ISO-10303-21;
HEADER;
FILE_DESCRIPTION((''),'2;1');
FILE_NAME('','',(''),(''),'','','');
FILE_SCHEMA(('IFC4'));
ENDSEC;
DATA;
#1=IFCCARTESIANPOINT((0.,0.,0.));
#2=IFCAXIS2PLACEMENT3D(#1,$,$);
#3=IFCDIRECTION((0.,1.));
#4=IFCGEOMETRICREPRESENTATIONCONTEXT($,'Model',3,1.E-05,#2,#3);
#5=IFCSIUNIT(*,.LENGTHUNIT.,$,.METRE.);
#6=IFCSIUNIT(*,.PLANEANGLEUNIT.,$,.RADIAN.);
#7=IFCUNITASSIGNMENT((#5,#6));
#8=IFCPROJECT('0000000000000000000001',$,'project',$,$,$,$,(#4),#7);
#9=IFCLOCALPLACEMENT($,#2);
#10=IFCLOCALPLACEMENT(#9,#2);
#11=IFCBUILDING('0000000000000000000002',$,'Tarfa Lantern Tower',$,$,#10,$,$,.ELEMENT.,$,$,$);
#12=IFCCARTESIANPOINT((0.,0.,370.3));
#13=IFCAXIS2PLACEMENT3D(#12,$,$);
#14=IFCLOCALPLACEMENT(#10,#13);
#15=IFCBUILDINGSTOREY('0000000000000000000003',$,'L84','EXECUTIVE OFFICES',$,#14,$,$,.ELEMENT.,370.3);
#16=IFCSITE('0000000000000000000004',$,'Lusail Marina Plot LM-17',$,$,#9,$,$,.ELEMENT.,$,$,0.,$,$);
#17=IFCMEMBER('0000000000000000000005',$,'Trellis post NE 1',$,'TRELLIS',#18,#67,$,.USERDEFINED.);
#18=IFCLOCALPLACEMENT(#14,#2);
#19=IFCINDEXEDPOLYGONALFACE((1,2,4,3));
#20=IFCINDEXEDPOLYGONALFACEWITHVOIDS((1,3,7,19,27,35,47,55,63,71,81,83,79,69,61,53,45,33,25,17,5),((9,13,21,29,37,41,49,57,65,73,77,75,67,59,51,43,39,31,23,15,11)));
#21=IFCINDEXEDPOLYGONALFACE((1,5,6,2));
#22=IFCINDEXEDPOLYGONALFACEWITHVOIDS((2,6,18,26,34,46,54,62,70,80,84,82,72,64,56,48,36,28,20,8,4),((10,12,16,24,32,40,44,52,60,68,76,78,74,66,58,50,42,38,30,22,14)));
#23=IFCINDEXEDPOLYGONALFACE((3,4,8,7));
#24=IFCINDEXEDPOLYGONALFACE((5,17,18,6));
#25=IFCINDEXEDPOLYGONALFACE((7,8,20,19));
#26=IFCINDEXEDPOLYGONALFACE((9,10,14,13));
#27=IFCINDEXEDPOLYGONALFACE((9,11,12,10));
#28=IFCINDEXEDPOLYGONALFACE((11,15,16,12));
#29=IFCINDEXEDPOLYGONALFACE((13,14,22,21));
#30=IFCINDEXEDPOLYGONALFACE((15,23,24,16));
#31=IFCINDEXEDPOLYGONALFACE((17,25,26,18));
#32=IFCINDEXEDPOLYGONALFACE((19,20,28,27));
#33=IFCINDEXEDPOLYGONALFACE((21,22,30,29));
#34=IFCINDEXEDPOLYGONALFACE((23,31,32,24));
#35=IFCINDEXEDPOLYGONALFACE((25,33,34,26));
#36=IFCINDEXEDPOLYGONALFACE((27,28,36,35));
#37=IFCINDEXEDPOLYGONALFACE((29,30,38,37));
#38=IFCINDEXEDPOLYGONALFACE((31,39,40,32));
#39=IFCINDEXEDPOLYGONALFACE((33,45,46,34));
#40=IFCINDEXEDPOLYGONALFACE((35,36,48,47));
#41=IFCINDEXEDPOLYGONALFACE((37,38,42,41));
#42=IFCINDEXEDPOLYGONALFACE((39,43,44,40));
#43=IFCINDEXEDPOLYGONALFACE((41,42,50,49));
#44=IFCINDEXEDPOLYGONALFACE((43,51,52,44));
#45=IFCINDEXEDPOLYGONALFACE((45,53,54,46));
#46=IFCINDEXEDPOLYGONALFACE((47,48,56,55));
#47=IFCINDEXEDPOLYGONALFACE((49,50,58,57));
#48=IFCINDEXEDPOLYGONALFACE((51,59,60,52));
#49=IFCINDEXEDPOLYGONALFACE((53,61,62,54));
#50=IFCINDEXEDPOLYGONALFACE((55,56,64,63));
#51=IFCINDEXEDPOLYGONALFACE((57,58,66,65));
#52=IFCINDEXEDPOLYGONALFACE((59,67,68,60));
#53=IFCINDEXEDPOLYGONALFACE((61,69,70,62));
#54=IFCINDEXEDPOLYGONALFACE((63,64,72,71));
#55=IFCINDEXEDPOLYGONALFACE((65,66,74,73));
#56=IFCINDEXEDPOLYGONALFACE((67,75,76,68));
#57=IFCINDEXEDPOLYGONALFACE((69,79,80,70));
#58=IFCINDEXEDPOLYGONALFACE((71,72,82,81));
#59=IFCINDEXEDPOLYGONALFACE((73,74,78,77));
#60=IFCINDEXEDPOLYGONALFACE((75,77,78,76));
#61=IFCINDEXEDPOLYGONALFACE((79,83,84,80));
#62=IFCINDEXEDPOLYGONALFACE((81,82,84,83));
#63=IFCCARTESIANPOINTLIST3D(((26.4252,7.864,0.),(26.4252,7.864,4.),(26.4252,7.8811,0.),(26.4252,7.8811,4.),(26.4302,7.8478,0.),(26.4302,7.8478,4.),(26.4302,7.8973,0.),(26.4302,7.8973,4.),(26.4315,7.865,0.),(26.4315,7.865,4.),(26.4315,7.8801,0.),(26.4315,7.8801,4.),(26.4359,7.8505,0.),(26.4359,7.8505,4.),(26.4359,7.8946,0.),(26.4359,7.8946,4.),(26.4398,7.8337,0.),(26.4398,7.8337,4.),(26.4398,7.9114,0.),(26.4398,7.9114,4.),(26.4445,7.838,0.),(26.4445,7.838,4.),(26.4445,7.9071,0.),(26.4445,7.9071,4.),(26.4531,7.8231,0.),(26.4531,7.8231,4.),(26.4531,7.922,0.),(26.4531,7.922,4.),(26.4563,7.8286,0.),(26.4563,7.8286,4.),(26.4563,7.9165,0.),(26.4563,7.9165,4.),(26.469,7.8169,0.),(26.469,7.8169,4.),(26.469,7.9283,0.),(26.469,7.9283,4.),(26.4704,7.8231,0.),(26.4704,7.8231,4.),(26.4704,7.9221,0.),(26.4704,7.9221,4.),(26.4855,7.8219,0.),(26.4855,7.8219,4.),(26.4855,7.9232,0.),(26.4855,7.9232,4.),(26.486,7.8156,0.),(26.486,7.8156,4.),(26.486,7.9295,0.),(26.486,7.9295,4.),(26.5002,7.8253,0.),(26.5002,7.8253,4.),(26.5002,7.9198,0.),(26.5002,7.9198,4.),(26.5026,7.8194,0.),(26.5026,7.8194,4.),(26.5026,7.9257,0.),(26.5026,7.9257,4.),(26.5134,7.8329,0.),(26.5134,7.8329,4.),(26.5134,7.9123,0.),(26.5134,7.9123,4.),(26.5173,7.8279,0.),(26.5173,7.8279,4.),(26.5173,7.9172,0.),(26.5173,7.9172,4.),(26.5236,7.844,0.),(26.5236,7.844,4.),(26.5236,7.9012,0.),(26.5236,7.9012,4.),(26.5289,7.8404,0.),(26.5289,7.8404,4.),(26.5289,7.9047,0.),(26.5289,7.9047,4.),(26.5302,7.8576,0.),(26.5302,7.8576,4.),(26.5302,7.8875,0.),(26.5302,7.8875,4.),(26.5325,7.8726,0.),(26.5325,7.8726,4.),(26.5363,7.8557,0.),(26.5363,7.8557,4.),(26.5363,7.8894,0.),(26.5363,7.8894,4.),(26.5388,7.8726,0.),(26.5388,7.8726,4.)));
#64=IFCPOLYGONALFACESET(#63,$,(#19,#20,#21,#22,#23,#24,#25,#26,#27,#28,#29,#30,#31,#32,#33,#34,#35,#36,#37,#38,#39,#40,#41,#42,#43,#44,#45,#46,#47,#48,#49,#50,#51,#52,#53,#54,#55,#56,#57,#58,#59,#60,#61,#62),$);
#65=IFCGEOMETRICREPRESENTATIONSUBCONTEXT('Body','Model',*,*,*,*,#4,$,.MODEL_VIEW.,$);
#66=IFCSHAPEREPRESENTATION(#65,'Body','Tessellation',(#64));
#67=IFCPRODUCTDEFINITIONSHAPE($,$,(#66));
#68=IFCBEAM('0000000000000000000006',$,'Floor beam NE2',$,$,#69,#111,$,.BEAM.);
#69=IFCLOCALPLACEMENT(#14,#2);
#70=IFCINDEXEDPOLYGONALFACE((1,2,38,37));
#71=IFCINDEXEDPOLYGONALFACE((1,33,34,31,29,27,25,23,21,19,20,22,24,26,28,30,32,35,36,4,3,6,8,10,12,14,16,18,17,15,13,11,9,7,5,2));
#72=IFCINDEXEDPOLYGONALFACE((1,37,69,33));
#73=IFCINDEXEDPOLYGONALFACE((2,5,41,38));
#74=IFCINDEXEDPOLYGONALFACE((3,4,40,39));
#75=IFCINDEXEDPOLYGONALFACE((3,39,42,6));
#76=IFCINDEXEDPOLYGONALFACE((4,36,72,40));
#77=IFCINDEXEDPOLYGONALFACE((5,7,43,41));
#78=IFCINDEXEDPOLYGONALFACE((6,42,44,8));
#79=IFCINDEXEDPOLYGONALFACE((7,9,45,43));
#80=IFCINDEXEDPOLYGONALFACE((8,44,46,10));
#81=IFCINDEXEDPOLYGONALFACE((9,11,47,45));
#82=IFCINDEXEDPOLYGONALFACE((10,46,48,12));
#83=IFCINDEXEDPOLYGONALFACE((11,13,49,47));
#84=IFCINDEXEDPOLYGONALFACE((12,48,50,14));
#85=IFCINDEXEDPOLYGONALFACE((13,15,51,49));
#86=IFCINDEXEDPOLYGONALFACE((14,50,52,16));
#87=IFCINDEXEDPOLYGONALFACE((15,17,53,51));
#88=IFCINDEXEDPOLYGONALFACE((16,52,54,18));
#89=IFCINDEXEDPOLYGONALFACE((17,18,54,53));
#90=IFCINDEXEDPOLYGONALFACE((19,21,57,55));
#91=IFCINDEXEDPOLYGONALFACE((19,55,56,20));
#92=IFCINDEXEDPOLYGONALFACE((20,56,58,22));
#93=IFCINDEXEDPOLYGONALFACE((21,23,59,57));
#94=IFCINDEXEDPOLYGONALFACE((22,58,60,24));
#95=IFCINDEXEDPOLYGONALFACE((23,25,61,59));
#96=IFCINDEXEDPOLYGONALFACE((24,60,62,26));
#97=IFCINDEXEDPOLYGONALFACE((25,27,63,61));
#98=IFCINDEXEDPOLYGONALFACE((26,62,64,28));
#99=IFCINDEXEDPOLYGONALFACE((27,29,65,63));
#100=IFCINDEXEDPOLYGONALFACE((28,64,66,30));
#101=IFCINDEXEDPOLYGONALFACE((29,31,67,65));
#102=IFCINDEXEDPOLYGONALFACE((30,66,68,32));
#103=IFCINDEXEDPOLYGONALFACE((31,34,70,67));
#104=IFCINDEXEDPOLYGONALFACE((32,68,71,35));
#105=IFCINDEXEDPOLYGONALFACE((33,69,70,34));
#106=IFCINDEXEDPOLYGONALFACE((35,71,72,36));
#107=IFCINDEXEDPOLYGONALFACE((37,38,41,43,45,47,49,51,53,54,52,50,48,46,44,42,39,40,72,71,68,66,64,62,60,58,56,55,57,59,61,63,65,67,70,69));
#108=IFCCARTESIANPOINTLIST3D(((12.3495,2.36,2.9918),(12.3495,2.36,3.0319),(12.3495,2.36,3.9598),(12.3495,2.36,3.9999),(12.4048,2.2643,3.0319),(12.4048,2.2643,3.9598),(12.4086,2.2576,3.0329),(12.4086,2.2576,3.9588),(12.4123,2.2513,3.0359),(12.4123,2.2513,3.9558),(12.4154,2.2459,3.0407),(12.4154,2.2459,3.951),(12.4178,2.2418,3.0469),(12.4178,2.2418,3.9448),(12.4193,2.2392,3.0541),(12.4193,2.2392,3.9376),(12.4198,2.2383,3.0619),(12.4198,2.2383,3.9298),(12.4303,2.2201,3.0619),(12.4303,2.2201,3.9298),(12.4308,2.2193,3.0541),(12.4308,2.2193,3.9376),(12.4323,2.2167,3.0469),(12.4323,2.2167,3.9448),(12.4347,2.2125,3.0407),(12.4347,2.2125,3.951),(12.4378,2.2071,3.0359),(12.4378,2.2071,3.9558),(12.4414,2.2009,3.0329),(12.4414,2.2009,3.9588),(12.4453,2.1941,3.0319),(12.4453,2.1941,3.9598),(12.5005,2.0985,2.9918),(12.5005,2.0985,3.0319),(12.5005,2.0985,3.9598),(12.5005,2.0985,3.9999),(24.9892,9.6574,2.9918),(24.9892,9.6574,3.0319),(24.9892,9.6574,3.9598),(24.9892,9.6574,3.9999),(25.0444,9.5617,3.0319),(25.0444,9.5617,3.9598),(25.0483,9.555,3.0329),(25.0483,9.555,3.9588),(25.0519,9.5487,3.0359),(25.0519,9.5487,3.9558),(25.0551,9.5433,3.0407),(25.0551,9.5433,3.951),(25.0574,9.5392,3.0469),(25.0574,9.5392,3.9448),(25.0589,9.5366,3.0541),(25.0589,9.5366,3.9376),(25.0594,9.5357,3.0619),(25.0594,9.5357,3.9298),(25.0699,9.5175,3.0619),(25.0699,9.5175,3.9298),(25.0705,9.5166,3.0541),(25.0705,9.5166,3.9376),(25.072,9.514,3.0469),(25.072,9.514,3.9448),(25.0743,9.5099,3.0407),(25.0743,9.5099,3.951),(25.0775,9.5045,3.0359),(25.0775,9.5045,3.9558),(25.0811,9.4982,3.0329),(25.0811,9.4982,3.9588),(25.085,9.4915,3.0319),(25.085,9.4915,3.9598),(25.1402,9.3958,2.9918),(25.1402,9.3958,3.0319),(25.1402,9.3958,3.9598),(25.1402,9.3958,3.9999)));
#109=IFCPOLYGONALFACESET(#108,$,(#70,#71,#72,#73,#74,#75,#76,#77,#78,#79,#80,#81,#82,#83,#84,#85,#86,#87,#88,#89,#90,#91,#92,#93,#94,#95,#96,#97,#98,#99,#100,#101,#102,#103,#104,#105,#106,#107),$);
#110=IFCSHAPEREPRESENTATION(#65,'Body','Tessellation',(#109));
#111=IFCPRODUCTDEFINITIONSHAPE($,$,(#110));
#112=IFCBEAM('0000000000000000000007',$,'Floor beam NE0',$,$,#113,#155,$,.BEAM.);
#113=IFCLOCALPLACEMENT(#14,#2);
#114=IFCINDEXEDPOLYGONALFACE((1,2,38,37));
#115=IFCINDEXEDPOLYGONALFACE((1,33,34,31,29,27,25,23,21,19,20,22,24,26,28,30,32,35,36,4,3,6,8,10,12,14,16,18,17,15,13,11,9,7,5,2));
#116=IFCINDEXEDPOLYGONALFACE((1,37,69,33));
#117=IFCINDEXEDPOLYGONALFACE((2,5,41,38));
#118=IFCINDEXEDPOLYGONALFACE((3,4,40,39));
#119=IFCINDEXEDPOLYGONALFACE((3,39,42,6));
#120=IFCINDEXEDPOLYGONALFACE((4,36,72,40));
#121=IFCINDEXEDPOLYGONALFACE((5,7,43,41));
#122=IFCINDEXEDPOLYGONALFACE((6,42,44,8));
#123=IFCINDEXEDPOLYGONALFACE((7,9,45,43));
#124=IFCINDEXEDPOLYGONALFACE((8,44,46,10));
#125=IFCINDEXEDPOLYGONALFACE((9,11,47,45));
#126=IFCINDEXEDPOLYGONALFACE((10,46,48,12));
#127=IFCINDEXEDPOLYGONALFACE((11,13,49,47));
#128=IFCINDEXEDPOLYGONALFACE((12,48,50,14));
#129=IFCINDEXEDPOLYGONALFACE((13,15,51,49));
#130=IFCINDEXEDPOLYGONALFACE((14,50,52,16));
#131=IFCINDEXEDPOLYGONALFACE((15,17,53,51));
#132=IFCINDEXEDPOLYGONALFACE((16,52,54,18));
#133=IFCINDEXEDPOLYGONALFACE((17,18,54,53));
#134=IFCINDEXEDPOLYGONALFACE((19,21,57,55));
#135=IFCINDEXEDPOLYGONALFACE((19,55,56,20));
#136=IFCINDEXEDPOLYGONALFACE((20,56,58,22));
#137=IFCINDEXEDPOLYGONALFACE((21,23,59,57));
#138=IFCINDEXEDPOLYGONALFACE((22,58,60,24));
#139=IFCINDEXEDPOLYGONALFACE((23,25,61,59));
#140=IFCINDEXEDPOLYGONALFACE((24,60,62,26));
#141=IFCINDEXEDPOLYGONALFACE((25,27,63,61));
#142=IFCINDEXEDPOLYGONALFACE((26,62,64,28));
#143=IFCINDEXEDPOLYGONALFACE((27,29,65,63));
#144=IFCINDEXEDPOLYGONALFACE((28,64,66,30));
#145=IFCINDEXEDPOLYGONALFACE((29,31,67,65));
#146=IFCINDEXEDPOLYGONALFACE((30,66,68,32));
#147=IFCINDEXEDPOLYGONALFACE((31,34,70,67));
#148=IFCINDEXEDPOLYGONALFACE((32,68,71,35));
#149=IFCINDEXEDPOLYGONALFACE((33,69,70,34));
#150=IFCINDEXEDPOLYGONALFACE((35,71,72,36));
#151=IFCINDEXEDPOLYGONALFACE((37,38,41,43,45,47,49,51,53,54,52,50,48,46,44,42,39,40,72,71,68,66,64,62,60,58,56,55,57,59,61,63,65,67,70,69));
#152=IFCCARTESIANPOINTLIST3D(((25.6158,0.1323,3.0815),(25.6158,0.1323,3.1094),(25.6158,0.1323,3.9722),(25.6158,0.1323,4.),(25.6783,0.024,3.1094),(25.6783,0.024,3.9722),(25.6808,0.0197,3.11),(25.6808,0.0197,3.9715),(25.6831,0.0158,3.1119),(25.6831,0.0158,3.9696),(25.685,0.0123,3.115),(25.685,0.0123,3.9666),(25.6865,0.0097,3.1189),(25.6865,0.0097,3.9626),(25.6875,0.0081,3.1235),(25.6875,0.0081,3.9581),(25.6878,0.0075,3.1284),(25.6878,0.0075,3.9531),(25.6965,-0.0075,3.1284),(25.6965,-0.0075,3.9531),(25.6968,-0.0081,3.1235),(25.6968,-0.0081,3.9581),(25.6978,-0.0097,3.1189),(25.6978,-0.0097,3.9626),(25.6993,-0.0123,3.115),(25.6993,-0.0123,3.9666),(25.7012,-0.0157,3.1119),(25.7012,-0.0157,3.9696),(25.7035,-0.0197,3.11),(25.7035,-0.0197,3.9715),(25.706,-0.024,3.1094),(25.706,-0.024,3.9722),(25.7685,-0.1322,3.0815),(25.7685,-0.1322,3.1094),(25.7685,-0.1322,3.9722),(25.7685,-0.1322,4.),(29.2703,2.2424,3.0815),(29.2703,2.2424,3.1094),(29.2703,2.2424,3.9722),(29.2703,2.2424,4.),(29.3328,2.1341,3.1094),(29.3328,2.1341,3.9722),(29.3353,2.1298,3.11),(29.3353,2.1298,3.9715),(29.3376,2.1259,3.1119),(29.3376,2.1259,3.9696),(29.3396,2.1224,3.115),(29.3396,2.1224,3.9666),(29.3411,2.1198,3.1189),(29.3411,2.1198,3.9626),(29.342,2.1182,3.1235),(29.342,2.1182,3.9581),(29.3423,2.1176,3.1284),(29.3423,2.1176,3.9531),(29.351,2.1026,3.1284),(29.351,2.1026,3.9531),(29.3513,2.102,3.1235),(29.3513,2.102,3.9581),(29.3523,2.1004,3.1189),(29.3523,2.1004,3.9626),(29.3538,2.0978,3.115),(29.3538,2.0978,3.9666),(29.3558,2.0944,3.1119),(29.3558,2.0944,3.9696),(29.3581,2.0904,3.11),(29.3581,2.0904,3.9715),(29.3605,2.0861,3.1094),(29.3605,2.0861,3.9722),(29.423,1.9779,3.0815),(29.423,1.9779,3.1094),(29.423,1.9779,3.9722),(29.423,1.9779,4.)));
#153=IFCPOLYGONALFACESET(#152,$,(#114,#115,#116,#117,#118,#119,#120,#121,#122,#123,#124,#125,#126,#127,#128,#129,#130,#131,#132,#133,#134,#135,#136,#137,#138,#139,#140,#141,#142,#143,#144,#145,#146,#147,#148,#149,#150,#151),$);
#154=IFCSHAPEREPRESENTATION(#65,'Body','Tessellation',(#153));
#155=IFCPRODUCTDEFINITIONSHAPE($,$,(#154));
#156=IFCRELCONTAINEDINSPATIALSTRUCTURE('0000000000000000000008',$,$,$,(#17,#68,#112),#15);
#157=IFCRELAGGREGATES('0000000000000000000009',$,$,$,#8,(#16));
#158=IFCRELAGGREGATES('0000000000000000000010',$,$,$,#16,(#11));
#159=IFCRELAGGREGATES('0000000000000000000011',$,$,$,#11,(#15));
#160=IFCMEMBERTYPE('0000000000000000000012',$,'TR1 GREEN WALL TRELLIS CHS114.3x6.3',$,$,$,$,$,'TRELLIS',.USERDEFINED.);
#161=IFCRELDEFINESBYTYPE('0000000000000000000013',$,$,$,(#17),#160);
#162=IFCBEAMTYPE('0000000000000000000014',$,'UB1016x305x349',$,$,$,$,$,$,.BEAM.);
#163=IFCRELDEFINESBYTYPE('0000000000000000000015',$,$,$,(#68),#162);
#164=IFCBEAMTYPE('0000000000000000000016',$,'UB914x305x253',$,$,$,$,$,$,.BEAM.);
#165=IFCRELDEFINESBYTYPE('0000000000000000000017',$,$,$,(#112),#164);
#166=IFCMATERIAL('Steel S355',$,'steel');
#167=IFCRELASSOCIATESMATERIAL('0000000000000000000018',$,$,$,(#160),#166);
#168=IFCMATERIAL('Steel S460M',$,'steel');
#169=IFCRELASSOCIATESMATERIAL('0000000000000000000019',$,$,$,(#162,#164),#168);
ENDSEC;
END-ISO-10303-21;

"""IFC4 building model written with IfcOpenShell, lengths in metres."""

from ifc_helpers import new_model, si_unit, direction, frame, origin, origin_2d, place, context, subcontext, project, spatial, hollow_circle, i_section, extrude, material, material_profile, profile_set, type_object, element, save


model = new_model("IFC4")

# Units and contexts
model_context = context("Model", 3, precision=1e-05, world=origin(), true_north=direction((0.0, 1.0)))
body_context = subcontext(model_context, "Body", "Model", "MODEL_VIEW")
ifc_project = project(units=[si_unit("LENGTHUNIT", "METRE"), si_unit("PLANEANGLEUNIT", "RADIAN")], contexts=[model_context])

# Site, building, storey
site_placement = place(None, origin())
site = spatial("IfcSite", under=ifc_project, at=site_placement, Name="Lusail Marina Plot LM-17", CompositionType="ELEMENT", RefElevation=0.0)
building_placement = place(site_placement, origin())
building = spatial("IfcBuilding", under=site, at=building_placement, Name="Tarfa Lantern Tower", CompositionType="ELEMENT")
storey_placement = place(building_placement, frame((0.0, 0.0, 370.3)))
storey = spatial("IfcBuildingStorey", under=building, at=storey_placement, Name="L84", Description="EXECUTIVE OFFICES", CompositionType="ELEMENT", Elevation=370.3)

# Member
ifc_material_1 = material(Name="Steel S355", Category="steel")
ifc_material_profile_1 = material_profile(ifc_material_1, hollow_circle(Radius=0.0571, WallThickness=0.0063, at=origin_2d()), Name="CHS114.3x6.3")
ifc_profile_set_1 = profile_set([ifc_material_profile_1], Name="Steel S355")
member_type_1 = type_object("IfcMemberType", Name="TR1 GREEN WALL TRELLIS CHS114.3x6.3", ElementType="TRELLIS", PredefinedType="USERDEFINED", material=ifc_profile_set_1)
member_1_placement = place(storey_placement, frame((26.4817, 7.8726, 0.0), z_axis=(0.0, 0.0, 1.0), x_axis=(1.0, 0.0, 0.0)))
element("IfcMember", 1, at=member_1_placement, inside=storey, type_object=member_type_1, Name="Trellis post NE 1", ObjectType="TRELLIS", PredefinedType="USERDEFINED", context=body_context, shape_type="SweptSolid", body=[
    extrude(hollow_circle(Radius=0.0571, WallThickness=0.0063, at=origin_2d()), origin(), (0.0, 0.0, 1.0), 4.0),
])

# Beams
ifc_material_2 = material(Name="Steel S460M", Category="steel")
ifc_material_profile_2 = material_profile(ifc_material_2, i_section(OverallWidth=0.302, OverallDepth=1.0081, WebThickness=0.021, FlangeThickness=0.04, FilletRadius=0.03, at=origin_2d()), Name="UB1016x305x349")
ifc_profile_set_2 = profile_set([ifc_material_profile_2], Name="Steel S460M")
beam_type_1 = type_object("IfcBeamType", Name="UB1016x305x349", PredefinedType="BEAM", material=ifc_profile_set_2)
beam_1_placement = place(storey_placement, frame((25.0647, 9.5266, 3.4958), z_axis=(-0.86603, -0.499993, 0.0), x_axis=(0.499993, -0.86603, 0.0)))
element("IfcBeam", 2, at=beam_1_placement, inside=storey, type_object=beam_type_1, Name="Floor beam NE2", PredefinedType="BEAM", context=body_context, shape_type="SweptSolid", body=[
    extrude(i_section(OverallWidth=0.302, OverallDepth=1.0081, WebThickness=0.021, FlangeThickness=0.04, FilletRadius=0.03, at=origin_2d()), origin(), (0.0, 0.0, 1.0), 14.595),
])
ifc_material_profile_3 = material_profile(ifc_material_2, i_section(OverallWidth=0.3054, OverallDepth=0.9185, WebThickness=0.0173, FlangeThickness=0.0278, FilletRadius=0.019, at=origin_2d()), Name="UB914x305x253")
ifc_profile_set_3 = profile_set([ifc_material_profile_3], Name="Steel S460M")
beam_type_2 = type_object("IfcBeamType", Name="UB914x305x253", PredefinedType="BEAM", material=ifc_profile_set_3)
beam_2_placement = place(storey_placement, frame((29.3467, 2.1101, 3.5408), z_axis=(-0.866009, -0.500028, 0.0), x_axis=(0.500028, -0.866009, 0.0)))
element("IfcBeam", 3, at=beam_2_placement, inside=storey, type_object=beam_type_2, Name="Floor beam NE0", PredefinedType="BEAM", context=body_context, shape_type="SweptSolid", body=[
    extrude(i_section(OverallWidth=0.3054, OverallDepth=0.9185, WebThickness=0.0173, FlangeThickness=0.0278, FilletRadius=0.019, at=origin_2d()), origin(), (0.0, 0.0, 1.0), 4.22),
])

save(model, "model.ifc")
